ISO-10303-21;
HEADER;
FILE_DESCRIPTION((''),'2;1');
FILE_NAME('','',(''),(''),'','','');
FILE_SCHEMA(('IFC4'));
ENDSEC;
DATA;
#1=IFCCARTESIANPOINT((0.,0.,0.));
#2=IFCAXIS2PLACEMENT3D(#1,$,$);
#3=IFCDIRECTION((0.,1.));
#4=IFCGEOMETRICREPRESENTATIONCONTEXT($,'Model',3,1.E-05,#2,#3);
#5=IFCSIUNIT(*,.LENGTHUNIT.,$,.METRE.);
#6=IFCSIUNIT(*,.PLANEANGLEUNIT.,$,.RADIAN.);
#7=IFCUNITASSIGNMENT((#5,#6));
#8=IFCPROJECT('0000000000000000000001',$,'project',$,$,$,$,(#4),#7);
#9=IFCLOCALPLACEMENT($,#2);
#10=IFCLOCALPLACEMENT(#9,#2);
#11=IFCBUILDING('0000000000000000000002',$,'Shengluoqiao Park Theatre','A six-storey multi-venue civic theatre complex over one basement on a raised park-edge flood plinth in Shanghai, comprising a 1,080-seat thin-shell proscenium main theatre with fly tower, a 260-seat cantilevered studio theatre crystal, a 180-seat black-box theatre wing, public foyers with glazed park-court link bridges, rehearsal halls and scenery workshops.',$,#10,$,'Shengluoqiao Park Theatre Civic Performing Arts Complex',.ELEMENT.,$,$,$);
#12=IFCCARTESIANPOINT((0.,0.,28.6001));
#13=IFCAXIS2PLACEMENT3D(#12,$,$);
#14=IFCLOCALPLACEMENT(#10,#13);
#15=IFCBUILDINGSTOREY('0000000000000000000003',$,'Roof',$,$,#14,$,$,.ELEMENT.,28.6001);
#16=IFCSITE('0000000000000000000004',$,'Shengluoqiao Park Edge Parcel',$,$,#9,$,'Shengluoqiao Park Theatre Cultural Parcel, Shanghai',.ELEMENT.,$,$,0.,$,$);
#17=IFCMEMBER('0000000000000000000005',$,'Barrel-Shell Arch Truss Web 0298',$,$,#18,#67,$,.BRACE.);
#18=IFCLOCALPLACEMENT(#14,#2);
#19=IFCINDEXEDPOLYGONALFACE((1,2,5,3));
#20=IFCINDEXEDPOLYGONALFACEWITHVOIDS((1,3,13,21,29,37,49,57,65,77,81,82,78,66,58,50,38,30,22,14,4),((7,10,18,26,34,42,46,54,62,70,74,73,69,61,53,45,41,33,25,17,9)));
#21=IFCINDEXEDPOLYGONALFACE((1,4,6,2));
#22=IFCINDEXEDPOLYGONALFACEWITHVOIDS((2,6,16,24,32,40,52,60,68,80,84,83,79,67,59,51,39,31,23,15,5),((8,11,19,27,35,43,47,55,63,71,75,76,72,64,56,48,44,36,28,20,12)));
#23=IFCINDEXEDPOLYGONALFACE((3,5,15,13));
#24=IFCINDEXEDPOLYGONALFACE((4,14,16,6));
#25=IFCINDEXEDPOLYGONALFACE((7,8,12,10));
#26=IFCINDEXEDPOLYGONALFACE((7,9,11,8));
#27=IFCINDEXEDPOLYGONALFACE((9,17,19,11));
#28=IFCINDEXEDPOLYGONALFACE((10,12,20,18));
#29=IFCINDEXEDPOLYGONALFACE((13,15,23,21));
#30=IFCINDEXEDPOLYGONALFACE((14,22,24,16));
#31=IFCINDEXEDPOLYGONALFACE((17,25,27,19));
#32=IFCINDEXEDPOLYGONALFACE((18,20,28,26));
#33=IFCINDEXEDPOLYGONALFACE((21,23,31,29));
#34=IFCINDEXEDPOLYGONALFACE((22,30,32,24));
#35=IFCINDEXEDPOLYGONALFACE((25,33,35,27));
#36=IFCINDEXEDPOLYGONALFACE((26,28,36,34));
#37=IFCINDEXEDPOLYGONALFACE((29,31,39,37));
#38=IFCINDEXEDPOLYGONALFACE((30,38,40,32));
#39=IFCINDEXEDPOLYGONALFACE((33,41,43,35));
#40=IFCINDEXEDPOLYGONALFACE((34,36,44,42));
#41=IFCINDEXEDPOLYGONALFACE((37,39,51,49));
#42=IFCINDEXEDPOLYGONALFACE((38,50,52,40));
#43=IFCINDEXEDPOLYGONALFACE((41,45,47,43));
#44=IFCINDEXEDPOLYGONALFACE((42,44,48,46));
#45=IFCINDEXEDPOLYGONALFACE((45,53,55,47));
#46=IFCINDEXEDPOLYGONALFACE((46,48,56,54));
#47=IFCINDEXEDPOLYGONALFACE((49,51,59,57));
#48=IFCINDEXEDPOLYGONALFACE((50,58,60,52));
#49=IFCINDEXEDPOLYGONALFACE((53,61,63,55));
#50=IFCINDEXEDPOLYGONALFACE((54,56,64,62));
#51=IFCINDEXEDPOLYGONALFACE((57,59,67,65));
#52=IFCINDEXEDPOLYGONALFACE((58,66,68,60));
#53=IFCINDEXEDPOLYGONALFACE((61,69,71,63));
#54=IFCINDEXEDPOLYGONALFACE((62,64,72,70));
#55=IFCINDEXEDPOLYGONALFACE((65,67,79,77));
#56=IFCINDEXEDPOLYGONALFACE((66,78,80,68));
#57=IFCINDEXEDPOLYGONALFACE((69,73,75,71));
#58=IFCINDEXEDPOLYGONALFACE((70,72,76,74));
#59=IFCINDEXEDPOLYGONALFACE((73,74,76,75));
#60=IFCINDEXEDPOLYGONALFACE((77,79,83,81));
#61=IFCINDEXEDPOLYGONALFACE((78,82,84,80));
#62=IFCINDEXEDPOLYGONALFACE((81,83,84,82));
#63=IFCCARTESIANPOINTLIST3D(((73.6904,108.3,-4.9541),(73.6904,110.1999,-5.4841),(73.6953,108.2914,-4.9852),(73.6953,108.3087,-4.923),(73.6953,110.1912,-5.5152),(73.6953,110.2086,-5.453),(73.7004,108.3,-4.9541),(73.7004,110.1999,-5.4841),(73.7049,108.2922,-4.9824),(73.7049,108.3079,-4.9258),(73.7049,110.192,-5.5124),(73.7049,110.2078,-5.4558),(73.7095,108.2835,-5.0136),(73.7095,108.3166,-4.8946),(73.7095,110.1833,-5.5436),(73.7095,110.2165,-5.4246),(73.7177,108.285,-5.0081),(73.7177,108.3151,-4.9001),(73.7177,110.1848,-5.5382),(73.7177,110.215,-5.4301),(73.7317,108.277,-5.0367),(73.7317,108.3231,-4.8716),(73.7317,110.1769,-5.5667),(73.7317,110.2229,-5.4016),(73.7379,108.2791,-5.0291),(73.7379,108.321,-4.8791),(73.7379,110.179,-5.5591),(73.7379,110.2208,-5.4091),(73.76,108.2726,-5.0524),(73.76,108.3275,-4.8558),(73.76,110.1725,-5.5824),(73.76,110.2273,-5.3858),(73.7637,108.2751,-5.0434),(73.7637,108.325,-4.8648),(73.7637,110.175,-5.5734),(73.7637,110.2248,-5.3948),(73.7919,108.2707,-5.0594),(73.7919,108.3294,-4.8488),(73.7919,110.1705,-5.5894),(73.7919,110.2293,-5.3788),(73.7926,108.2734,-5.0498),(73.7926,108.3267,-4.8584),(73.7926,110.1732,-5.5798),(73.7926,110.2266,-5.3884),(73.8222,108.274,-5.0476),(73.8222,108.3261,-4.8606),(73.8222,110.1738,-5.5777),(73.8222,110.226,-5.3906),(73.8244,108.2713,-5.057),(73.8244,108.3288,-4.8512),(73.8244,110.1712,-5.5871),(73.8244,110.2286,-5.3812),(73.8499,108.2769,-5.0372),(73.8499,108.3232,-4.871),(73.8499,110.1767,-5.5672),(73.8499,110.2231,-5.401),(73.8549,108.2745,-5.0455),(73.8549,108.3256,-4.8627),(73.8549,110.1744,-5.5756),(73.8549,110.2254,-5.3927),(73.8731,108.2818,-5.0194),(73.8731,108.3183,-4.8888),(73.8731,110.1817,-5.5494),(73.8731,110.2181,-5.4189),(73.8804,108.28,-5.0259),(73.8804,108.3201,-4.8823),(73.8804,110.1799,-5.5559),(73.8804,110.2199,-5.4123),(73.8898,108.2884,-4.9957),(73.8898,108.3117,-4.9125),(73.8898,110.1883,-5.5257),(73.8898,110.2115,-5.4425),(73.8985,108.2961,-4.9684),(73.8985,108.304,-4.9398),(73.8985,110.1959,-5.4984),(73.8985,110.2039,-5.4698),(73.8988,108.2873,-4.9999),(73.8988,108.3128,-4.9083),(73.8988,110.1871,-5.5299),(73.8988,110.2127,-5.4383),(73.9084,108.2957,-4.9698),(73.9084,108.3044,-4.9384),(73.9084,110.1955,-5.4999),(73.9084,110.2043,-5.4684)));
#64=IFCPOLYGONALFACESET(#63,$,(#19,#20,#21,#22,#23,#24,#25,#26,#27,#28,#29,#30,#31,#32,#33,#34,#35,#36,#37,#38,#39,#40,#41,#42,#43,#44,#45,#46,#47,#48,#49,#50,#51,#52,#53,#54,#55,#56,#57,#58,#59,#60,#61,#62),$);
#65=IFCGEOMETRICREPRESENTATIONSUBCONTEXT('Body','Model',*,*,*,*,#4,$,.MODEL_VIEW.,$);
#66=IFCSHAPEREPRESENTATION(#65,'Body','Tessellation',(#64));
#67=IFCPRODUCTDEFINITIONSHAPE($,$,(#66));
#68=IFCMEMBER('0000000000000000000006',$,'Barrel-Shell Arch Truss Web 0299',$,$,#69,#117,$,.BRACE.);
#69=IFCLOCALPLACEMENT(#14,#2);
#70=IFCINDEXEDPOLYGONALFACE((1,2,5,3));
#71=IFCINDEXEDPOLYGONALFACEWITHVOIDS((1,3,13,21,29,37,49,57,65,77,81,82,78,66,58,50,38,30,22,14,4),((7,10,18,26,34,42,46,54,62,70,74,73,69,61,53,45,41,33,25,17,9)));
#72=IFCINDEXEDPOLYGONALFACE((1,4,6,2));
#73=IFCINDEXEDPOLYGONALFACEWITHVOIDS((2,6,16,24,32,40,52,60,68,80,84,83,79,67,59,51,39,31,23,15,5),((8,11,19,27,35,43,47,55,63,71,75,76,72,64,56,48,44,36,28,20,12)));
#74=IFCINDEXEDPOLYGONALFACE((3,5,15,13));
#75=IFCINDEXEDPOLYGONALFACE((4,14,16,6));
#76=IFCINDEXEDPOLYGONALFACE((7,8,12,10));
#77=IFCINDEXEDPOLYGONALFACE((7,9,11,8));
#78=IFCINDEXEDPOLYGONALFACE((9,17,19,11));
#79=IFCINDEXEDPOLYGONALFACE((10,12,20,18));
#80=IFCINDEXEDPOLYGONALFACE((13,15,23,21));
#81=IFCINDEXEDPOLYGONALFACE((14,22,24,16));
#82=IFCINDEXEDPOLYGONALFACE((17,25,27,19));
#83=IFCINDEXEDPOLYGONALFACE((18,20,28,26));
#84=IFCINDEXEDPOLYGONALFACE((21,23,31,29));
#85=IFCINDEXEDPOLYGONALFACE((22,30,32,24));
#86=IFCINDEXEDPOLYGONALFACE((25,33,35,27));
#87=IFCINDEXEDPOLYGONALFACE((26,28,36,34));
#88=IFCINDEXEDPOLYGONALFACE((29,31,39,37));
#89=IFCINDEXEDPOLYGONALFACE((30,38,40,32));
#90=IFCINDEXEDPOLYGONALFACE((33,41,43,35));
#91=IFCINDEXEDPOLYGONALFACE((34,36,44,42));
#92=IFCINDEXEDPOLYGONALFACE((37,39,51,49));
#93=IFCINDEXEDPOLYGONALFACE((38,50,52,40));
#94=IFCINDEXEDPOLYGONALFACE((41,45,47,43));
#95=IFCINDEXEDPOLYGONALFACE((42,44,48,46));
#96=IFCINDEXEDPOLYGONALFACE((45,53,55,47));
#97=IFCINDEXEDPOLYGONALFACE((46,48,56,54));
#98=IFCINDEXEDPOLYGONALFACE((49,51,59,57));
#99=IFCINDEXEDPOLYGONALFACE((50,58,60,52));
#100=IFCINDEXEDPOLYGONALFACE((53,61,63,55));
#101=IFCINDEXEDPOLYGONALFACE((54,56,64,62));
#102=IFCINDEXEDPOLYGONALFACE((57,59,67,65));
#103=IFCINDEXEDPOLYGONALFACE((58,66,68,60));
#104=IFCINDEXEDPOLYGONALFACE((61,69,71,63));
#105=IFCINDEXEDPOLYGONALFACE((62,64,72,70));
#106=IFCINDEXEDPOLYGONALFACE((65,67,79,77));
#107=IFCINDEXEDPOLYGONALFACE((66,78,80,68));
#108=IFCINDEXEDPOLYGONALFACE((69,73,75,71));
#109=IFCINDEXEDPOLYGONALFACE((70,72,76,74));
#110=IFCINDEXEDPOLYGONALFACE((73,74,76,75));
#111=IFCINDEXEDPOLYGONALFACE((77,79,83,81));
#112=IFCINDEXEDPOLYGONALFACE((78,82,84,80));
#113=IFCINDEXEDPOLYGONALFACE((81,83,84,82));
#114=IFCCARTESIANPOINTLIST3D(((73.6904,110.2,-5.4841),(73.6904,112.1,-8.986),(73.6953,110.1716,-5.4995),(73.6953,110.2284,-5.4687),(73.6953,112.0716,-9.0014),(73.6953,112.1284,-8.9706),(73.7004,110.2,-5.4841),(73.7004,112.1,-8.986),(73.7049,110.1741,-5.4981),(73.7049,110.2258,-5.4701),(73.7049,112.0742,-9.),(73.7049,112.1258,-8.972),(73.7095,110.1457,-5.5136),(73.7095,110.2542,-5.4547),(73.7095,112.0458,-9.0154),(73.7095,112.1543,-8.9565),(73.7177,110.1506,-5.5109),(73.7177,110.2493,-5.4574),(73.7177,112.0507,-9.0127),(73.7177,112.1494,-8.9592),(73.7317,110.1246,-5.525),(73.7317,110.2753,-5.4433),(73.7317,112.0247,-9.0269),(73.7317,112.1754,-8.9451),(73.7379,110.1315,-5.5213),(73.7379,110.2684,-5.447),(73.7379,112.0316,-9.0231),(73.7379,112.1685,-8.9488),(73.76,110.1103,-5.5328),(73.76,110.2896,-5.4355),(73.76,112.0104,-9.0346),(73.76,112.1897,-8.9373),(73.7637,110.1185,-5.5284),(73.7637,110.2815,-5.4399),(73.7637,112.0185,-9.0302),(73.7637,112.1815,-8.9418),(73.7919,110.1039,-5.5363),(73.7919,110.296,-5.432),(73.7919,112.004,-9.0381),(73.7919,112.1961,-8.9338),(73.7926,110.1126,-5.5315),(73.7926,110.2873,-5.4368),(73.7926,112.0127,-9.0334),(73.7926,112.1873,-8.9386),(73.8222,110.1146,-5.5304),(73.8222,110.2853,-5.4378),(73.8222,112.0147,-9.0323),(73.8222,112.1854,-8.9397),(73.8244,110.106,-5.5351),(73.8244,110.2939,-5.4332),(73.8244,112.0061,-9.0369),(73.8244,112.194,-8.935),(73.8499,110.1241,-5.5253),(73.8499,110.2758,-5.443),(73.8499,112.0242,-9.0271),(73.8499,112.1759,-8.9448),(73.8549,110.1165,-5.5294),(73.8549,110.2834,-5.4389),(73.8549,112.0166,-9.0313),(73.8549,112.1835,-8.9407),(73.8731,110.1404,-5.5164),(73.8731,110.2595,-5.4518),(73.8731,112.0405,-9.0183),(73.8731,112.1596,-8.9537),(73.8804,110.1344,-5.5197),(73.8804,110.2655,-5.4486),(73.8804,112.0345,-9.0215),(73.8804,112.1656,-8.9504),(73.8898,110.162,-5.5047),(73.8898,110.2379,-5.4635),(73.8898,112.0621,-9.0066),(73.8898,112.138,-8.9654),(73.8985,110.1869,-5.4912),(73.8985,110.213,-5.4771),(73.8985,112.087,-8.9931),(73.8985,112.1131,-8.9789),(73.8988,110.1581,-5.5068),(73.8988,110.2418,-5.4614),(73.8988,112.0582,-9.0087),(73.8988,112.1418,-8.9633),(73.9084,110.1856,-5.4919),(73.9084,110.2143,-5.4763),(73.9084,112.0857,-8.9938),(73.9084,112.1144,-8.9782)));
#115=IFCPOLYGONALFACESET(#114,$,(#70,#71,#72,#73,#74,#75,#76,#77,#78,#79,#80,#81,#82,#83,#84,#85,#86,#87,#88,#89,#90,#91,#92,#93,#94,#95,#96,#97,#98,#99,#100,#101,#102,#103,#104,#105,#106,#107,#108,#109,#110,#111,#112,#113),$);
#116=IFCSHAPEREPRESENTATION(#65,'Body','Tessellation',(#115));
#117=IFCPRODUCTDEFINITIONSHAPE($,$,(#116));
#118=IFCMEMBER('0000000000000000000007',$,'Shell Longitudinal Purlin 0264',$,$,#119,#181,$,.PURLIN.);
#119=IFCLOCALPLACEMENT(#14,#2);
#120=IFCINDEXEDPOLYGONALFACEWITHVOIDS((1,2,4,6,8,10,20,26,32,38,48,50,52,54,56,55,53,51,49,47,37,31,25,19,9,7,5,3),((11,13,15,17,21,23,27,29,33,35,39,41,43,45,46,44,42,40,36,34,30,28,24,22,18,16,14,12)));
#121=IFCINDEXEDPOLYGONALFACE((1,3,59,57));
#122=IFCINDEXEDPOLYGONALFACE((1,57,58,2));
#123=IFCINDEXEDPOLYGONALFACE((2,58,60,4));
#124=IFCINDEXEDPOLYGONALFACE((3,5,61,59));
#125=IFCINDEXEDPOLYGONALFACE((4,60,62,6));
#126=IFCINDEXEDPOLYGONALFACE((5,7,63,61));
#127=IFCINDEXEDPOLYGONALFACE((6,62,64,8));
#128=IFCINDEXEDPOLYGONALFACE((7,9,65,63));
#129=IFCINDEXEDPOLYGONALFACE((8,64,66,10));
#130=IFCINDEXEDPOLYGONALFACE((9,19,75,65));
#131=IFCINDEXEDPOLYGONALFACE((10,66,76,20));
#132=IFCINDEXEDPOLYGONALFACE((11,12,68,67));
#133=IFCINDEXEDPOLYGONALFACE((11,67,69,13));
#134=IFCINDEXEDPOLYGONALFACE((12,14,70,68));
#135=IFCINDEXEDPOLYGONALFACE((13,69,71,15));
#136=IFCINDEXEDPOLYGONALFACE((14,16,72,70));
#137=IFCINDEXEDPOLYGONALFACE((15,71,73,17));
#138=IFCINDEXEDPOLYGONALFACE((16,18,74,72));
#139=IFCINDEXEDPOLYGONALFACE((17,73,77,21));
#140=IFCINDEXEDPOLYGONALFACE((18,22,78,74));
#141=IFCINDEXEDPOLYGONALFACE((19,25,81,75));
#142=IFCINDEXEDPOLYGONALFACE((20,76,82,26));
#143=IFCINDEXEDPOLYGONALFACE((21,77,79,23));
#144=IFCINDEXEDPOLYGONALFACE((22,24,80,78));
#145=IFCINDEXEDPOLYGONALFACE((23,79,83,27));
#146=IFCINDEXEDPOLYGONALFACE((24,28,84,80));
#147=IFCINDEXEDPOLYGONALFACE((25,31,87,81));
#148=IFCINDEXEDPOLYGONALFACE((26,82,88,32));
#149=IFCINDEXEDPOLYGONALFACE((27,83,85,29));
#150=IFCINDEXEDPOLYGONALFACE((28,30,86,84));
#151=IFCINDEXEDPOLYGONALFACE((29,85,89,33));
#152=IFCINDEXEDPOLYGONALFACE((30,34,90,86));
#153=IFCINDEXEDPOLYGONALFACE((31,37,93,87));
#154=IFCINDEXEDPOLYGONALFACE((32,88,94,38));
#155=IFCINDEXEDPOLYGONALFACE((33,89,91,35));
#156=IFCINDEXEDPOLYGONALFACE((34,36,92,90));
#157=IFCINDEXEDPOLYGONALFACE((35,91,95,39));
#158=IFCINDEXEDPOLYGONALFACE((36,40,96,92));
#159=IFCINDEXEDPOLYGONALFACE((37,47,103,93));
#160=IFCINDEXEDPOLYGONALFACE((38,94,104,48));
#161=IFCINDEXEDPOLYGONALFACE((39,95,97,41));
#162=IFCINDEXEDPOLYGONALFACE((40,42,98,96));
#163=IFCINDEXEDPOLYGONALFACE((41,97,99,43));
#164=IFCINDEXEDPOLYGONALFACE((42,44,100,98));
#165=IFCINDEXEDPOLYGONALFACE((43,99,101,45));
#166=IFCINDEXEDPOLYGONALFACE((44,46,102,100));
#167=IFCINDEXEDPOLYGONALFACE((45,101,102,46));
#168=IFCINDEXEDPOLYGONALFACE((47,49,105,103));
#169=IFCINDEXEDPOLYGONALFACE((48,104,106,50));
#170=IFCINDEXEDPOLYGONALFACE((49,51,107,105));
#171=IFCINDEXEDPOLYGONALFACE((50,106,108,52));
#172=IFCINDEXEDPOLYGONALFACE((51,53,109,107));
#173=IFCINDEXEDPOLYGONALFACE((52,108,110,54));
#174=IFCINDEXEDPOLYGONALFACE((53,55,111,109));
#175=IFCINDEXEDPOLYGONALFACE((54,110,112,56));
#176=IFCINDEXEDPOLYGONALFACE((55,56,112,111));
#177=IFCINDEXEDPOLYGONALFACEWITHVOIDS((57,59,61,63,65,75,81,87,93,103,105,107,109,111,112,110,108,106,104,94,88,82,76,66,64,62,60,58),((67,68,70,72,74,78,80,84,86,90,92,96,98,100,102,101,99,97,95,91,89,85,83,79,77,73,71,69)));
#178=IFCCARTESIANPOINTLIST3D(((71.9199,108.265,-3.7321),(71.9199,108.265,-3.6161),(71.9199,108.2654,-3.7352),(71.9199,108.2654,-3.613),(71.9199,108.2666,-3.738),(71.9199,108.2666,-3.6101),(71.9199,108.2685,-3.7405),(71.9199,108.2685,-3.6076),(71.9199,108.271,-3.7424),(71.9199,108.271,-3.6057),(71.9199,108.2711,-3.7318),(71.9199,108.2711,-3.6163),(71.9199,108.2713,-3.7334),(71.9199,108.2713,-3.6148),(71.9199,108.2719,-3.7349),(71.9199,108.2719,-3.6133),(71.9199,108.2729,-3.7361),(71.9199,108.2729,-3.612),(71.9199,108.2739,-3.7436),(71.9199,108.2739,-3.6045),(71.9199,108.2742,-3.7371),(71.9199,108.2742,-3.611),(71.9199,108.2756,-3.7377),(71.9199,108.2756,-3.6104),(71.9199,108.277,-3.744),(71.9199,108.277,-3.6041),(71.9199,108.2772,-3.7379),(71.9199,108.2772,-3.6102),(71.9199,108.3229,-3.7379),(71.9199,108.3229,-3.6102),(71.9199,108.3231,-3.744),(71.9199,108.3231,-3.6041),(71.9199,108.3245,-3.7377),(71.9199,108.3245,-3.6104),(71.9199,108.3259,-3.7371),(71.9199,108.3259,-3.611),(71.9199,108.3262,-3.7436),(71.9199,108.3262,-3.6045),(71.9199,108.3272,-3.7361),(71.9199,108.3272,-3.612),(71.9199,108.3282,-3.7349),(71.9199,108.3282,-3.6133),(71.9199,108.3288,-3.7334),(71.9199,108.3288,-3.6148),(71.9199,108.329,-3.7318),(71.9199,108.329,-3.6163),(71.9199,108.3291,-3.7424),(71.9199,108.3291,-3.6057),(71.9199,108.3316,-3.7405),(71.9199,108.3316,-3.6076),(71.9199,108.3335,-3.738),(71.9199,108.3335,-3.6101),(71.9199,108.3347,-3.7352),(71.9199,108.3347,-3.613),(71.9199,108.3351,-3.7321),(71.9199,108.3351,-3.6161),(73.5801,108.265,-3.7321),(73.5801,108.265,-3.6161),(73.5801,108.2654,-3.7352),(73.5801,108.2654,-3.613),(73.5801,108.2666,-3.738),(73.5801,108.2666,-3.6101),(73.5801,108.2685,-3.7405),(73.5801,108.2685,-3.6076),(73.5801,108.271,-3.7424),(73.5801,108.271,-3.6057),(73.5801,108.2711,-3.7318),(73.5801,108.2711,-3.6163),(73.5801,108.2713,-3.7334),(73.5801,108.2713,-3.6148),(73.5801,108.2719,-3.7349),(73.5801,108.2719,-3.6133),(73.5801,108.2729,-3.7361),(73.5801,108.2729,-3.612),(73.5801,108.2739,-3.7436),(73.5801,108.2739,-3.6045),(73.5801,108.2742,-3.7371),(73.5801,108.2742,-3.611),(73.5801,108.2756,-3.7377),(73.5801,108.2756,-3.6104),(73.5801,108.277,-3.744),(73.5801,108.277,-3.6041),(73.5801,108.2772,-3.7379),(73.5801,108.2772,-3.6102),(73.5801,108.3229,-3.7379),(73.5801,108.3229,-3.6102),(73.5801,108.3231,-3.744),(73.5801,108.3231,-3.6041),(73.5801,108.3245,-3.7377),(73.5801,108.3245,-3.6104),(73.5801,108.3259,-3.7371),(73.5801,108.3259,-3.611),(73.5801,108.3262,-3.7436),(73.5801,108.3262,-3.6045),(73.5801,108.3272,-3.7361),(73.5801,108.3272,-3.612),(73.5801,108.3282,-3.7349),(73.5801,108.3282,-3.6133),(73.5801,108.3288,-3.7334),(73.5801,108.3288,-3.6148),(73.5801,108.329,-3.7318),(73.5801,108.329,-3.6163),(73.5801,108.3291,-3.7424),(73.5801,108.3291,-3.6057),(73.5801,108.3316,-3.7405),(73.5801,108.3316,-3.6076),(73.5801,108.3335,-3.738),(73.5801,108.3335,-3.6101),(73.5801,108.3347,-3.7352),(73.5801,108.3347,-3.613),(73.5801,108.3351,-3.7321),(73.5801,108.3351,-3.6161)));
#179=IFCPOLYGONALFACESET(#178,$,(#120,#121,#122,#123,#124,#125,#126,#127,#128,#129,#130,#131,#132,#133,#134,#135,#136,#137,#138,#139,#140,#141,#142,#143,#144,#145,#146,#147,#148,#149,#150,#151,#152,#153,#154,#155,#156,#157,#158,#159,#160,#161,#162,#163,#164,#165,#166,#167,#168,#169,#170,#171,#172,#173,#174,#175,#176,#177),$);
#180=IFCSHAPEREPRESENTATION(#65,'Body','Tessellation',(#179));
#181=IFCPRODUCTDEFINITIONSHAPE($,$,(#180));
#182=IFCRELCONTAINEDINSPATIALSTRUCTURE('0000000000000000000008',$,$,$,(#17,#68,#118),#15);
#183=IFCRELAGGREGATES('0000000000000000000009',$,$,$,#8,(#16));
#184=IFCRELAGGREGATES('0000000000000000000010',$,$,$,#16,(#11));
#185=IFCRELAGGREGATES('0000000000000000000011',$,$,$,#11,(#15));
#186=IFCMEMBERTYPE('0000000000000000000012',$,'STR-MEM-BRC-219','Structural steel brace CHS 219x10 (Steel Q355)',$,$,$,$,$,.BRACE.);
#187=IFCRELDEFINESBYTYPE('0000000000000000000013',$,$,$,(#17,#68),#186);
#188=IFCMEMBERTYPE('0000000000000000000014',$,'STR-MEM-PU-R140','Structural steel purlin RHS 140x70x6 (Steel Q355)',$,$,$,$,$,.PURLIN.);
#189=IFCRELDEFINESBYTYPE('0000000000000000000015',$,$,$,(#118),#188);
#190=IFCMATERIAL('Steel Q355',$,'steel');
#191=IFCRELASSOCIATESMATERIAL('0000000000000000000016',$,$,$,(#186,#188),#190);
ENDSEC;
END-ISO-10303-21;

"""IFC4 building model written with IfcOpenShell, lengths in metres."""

from ifc_helpers import new_model, si_unit, direction, frame, origin, origin_2d, place, context, subcontext, project, spatial, hollow_rectangle, hollow_circle, extrude, material, material_profile, profile_set, type_object, element, save


model = new_model("IFC4")

# Units and contexts
model_context = context("Model", 3, precision=1e-05, world=origin(), true_north=direction((0.0, 1.0)))
body_context = subcontext(model_context, "Body", "Model", "MODEL_VIEW")
ifc_project = project(units=[si_unit("LENGTHUNIT", "METRE"), si_unit("PLANEANGLEUNIT", "RADIAN")], contexts=[model_context])

# Site, building, storey
site_placement = place(None, origin())
site = spatial("IfcSite", under=ifc_project, at=site_placement, Name="Shengluoqiao Park Edge Parcel", LongName="Shengluoqiao Park Theatre Cultural Parcel, Shanghai", CompositionType="ELEMENT", RefElevation=0.0)
building_placement = place(site_placement, origin())
building = spatial("IfcBuilding", under=site, at=building_placement, Name="Shengluoqiao Park Theatre", Description="A six-storey multi-venue civic theatre complex over one basement on a raised park-edge flood plinth in Shanghai, comprising a 1,080-seat thin-shell proscenium main theatre with fly tower, a 260-seat cantilevered studio theatre crystal, a 180-seat black-box theatre wing, public foyers with glazed park-court link bridges, rehearsal halls and scenery workshops.", LongName="Shengluoqiao Park Theatre Civic Performing Arts Complex", CompositionType="ELEMENT")
storey_placement = place(building_placement, frame((0.0, 0.0, 28.6001)))
storey = spatial("IfcBuildingStorey", under=building, at=storey_placement, Name="Roof", CompositionType="ELEMENT", Elevation=28.6001)

# Shared definitions
ifc_material_1 = material(Name="Steel Q355", Category="steel")

# Members
ifc_material_profile_1 = material_profile(ifc_material_1, hollow_circle(Radius=0.1096, WallThickness=0.01, at=origin_2d()), Name="CHS 219x10")
ifc_profile_set_1 = profile_set([ifc_material_profile_1], Name="Steel Q355")
member_type_1 = type_object("IfcMemberType", Name="STR-MEM-BRC-219", Description="Structural steel brace CHS 219x10 (Steel Q355)", PredefinedType="BRACE", material=ifc_profile_set_1)
for number, where, z_axis, x_axis, name in (
    (1, (73.8, 108.3, -4.9541), (0.0, 0.963219, -0.268716), (-1.0, 0.0, 0.0), "Barrel-Shell Arch Truss Web 0298"),
):
    element("IfcMember", number, at=place(storey_placement, frame(where, z_axis=z_axis, x_axis=x_axis)), inside=storey, type_object=member_type_1, Name=name, PredefinedType="BRACE", context=body_context, shape_type="SweptSolid", body=[
        extrude(hollow_circle(Radius=0.1096, WallThickness=0.01, at=origin_2d()), origin(), (0.0, 0.0, 1.0), 1.9724),
    ])
member_1_placement = place(storey_placement, frame((73.8, 110.2, -5.4841), z_axis=(0.0, 0.476915, -0.87895), x_axis=(-1.0, 0.0, 0.0)))
element("IfcMember", 2, at=member_1_placement, inside=storey, type_object=member_type_1, Name="Barrel-Shell Arch Truss Web 0299", PredefinedType="BRACE", context=body_context, shape_type="SweptSolid", body=[
    extrude(hollow_circle(Radius=0.1096, WallThickness=0.01, at=origin_2d()), origin(), (0.0, 0.0, 1.0), 3.9841),
])
ifc_material_profile_2 = material_profile(ifc_material_1, hollow_rectangle(XDim=0.0701, YDim=0.1399, WallThickness=0.0061, InnerFilletRadius=0.0061, OuterFilletRadius=0.012, at=origin_2d()), Name="RHS 140x70x6")
ifc_profile_set_2 = profile_set([ifc_material_profile_2], Name="Steel Q355")
member_type_2 = type_object("IfcMemberType", Name="STR-MEM-PU-R140", Description="Structural steel purlin RHS 140x70x6 (Steel Q355)", PredefinedType="PURLIN", material=ifc_profile_set_2)
member_2_placement = place(storey_placement, frame((71.9199, 108.3, -3.6741), z_axis=(1.0, 0.0, 0.0), x_axis=(0.0, 1.0, 0.0)))
element("IfcMember", 3, at=member_2_placement, inside=storey, type_object=member_type_2, Name="Shell Longitudinal Purlin 0264", PredefinedType="PURLIN", context=body_context, shape_type="SweptSolid", body=[
    extrude(hollow_rectangle(XDim=0.0701, YDim=0.1399, WallThickness=0.0061, InnerFilletRadius=0.0061, OuterFilletRadius=0.012, at=origin_2d()), origin(), (0.0, 0.0, 1.0), 1.6602),
])

save(model, "model.ifc")
